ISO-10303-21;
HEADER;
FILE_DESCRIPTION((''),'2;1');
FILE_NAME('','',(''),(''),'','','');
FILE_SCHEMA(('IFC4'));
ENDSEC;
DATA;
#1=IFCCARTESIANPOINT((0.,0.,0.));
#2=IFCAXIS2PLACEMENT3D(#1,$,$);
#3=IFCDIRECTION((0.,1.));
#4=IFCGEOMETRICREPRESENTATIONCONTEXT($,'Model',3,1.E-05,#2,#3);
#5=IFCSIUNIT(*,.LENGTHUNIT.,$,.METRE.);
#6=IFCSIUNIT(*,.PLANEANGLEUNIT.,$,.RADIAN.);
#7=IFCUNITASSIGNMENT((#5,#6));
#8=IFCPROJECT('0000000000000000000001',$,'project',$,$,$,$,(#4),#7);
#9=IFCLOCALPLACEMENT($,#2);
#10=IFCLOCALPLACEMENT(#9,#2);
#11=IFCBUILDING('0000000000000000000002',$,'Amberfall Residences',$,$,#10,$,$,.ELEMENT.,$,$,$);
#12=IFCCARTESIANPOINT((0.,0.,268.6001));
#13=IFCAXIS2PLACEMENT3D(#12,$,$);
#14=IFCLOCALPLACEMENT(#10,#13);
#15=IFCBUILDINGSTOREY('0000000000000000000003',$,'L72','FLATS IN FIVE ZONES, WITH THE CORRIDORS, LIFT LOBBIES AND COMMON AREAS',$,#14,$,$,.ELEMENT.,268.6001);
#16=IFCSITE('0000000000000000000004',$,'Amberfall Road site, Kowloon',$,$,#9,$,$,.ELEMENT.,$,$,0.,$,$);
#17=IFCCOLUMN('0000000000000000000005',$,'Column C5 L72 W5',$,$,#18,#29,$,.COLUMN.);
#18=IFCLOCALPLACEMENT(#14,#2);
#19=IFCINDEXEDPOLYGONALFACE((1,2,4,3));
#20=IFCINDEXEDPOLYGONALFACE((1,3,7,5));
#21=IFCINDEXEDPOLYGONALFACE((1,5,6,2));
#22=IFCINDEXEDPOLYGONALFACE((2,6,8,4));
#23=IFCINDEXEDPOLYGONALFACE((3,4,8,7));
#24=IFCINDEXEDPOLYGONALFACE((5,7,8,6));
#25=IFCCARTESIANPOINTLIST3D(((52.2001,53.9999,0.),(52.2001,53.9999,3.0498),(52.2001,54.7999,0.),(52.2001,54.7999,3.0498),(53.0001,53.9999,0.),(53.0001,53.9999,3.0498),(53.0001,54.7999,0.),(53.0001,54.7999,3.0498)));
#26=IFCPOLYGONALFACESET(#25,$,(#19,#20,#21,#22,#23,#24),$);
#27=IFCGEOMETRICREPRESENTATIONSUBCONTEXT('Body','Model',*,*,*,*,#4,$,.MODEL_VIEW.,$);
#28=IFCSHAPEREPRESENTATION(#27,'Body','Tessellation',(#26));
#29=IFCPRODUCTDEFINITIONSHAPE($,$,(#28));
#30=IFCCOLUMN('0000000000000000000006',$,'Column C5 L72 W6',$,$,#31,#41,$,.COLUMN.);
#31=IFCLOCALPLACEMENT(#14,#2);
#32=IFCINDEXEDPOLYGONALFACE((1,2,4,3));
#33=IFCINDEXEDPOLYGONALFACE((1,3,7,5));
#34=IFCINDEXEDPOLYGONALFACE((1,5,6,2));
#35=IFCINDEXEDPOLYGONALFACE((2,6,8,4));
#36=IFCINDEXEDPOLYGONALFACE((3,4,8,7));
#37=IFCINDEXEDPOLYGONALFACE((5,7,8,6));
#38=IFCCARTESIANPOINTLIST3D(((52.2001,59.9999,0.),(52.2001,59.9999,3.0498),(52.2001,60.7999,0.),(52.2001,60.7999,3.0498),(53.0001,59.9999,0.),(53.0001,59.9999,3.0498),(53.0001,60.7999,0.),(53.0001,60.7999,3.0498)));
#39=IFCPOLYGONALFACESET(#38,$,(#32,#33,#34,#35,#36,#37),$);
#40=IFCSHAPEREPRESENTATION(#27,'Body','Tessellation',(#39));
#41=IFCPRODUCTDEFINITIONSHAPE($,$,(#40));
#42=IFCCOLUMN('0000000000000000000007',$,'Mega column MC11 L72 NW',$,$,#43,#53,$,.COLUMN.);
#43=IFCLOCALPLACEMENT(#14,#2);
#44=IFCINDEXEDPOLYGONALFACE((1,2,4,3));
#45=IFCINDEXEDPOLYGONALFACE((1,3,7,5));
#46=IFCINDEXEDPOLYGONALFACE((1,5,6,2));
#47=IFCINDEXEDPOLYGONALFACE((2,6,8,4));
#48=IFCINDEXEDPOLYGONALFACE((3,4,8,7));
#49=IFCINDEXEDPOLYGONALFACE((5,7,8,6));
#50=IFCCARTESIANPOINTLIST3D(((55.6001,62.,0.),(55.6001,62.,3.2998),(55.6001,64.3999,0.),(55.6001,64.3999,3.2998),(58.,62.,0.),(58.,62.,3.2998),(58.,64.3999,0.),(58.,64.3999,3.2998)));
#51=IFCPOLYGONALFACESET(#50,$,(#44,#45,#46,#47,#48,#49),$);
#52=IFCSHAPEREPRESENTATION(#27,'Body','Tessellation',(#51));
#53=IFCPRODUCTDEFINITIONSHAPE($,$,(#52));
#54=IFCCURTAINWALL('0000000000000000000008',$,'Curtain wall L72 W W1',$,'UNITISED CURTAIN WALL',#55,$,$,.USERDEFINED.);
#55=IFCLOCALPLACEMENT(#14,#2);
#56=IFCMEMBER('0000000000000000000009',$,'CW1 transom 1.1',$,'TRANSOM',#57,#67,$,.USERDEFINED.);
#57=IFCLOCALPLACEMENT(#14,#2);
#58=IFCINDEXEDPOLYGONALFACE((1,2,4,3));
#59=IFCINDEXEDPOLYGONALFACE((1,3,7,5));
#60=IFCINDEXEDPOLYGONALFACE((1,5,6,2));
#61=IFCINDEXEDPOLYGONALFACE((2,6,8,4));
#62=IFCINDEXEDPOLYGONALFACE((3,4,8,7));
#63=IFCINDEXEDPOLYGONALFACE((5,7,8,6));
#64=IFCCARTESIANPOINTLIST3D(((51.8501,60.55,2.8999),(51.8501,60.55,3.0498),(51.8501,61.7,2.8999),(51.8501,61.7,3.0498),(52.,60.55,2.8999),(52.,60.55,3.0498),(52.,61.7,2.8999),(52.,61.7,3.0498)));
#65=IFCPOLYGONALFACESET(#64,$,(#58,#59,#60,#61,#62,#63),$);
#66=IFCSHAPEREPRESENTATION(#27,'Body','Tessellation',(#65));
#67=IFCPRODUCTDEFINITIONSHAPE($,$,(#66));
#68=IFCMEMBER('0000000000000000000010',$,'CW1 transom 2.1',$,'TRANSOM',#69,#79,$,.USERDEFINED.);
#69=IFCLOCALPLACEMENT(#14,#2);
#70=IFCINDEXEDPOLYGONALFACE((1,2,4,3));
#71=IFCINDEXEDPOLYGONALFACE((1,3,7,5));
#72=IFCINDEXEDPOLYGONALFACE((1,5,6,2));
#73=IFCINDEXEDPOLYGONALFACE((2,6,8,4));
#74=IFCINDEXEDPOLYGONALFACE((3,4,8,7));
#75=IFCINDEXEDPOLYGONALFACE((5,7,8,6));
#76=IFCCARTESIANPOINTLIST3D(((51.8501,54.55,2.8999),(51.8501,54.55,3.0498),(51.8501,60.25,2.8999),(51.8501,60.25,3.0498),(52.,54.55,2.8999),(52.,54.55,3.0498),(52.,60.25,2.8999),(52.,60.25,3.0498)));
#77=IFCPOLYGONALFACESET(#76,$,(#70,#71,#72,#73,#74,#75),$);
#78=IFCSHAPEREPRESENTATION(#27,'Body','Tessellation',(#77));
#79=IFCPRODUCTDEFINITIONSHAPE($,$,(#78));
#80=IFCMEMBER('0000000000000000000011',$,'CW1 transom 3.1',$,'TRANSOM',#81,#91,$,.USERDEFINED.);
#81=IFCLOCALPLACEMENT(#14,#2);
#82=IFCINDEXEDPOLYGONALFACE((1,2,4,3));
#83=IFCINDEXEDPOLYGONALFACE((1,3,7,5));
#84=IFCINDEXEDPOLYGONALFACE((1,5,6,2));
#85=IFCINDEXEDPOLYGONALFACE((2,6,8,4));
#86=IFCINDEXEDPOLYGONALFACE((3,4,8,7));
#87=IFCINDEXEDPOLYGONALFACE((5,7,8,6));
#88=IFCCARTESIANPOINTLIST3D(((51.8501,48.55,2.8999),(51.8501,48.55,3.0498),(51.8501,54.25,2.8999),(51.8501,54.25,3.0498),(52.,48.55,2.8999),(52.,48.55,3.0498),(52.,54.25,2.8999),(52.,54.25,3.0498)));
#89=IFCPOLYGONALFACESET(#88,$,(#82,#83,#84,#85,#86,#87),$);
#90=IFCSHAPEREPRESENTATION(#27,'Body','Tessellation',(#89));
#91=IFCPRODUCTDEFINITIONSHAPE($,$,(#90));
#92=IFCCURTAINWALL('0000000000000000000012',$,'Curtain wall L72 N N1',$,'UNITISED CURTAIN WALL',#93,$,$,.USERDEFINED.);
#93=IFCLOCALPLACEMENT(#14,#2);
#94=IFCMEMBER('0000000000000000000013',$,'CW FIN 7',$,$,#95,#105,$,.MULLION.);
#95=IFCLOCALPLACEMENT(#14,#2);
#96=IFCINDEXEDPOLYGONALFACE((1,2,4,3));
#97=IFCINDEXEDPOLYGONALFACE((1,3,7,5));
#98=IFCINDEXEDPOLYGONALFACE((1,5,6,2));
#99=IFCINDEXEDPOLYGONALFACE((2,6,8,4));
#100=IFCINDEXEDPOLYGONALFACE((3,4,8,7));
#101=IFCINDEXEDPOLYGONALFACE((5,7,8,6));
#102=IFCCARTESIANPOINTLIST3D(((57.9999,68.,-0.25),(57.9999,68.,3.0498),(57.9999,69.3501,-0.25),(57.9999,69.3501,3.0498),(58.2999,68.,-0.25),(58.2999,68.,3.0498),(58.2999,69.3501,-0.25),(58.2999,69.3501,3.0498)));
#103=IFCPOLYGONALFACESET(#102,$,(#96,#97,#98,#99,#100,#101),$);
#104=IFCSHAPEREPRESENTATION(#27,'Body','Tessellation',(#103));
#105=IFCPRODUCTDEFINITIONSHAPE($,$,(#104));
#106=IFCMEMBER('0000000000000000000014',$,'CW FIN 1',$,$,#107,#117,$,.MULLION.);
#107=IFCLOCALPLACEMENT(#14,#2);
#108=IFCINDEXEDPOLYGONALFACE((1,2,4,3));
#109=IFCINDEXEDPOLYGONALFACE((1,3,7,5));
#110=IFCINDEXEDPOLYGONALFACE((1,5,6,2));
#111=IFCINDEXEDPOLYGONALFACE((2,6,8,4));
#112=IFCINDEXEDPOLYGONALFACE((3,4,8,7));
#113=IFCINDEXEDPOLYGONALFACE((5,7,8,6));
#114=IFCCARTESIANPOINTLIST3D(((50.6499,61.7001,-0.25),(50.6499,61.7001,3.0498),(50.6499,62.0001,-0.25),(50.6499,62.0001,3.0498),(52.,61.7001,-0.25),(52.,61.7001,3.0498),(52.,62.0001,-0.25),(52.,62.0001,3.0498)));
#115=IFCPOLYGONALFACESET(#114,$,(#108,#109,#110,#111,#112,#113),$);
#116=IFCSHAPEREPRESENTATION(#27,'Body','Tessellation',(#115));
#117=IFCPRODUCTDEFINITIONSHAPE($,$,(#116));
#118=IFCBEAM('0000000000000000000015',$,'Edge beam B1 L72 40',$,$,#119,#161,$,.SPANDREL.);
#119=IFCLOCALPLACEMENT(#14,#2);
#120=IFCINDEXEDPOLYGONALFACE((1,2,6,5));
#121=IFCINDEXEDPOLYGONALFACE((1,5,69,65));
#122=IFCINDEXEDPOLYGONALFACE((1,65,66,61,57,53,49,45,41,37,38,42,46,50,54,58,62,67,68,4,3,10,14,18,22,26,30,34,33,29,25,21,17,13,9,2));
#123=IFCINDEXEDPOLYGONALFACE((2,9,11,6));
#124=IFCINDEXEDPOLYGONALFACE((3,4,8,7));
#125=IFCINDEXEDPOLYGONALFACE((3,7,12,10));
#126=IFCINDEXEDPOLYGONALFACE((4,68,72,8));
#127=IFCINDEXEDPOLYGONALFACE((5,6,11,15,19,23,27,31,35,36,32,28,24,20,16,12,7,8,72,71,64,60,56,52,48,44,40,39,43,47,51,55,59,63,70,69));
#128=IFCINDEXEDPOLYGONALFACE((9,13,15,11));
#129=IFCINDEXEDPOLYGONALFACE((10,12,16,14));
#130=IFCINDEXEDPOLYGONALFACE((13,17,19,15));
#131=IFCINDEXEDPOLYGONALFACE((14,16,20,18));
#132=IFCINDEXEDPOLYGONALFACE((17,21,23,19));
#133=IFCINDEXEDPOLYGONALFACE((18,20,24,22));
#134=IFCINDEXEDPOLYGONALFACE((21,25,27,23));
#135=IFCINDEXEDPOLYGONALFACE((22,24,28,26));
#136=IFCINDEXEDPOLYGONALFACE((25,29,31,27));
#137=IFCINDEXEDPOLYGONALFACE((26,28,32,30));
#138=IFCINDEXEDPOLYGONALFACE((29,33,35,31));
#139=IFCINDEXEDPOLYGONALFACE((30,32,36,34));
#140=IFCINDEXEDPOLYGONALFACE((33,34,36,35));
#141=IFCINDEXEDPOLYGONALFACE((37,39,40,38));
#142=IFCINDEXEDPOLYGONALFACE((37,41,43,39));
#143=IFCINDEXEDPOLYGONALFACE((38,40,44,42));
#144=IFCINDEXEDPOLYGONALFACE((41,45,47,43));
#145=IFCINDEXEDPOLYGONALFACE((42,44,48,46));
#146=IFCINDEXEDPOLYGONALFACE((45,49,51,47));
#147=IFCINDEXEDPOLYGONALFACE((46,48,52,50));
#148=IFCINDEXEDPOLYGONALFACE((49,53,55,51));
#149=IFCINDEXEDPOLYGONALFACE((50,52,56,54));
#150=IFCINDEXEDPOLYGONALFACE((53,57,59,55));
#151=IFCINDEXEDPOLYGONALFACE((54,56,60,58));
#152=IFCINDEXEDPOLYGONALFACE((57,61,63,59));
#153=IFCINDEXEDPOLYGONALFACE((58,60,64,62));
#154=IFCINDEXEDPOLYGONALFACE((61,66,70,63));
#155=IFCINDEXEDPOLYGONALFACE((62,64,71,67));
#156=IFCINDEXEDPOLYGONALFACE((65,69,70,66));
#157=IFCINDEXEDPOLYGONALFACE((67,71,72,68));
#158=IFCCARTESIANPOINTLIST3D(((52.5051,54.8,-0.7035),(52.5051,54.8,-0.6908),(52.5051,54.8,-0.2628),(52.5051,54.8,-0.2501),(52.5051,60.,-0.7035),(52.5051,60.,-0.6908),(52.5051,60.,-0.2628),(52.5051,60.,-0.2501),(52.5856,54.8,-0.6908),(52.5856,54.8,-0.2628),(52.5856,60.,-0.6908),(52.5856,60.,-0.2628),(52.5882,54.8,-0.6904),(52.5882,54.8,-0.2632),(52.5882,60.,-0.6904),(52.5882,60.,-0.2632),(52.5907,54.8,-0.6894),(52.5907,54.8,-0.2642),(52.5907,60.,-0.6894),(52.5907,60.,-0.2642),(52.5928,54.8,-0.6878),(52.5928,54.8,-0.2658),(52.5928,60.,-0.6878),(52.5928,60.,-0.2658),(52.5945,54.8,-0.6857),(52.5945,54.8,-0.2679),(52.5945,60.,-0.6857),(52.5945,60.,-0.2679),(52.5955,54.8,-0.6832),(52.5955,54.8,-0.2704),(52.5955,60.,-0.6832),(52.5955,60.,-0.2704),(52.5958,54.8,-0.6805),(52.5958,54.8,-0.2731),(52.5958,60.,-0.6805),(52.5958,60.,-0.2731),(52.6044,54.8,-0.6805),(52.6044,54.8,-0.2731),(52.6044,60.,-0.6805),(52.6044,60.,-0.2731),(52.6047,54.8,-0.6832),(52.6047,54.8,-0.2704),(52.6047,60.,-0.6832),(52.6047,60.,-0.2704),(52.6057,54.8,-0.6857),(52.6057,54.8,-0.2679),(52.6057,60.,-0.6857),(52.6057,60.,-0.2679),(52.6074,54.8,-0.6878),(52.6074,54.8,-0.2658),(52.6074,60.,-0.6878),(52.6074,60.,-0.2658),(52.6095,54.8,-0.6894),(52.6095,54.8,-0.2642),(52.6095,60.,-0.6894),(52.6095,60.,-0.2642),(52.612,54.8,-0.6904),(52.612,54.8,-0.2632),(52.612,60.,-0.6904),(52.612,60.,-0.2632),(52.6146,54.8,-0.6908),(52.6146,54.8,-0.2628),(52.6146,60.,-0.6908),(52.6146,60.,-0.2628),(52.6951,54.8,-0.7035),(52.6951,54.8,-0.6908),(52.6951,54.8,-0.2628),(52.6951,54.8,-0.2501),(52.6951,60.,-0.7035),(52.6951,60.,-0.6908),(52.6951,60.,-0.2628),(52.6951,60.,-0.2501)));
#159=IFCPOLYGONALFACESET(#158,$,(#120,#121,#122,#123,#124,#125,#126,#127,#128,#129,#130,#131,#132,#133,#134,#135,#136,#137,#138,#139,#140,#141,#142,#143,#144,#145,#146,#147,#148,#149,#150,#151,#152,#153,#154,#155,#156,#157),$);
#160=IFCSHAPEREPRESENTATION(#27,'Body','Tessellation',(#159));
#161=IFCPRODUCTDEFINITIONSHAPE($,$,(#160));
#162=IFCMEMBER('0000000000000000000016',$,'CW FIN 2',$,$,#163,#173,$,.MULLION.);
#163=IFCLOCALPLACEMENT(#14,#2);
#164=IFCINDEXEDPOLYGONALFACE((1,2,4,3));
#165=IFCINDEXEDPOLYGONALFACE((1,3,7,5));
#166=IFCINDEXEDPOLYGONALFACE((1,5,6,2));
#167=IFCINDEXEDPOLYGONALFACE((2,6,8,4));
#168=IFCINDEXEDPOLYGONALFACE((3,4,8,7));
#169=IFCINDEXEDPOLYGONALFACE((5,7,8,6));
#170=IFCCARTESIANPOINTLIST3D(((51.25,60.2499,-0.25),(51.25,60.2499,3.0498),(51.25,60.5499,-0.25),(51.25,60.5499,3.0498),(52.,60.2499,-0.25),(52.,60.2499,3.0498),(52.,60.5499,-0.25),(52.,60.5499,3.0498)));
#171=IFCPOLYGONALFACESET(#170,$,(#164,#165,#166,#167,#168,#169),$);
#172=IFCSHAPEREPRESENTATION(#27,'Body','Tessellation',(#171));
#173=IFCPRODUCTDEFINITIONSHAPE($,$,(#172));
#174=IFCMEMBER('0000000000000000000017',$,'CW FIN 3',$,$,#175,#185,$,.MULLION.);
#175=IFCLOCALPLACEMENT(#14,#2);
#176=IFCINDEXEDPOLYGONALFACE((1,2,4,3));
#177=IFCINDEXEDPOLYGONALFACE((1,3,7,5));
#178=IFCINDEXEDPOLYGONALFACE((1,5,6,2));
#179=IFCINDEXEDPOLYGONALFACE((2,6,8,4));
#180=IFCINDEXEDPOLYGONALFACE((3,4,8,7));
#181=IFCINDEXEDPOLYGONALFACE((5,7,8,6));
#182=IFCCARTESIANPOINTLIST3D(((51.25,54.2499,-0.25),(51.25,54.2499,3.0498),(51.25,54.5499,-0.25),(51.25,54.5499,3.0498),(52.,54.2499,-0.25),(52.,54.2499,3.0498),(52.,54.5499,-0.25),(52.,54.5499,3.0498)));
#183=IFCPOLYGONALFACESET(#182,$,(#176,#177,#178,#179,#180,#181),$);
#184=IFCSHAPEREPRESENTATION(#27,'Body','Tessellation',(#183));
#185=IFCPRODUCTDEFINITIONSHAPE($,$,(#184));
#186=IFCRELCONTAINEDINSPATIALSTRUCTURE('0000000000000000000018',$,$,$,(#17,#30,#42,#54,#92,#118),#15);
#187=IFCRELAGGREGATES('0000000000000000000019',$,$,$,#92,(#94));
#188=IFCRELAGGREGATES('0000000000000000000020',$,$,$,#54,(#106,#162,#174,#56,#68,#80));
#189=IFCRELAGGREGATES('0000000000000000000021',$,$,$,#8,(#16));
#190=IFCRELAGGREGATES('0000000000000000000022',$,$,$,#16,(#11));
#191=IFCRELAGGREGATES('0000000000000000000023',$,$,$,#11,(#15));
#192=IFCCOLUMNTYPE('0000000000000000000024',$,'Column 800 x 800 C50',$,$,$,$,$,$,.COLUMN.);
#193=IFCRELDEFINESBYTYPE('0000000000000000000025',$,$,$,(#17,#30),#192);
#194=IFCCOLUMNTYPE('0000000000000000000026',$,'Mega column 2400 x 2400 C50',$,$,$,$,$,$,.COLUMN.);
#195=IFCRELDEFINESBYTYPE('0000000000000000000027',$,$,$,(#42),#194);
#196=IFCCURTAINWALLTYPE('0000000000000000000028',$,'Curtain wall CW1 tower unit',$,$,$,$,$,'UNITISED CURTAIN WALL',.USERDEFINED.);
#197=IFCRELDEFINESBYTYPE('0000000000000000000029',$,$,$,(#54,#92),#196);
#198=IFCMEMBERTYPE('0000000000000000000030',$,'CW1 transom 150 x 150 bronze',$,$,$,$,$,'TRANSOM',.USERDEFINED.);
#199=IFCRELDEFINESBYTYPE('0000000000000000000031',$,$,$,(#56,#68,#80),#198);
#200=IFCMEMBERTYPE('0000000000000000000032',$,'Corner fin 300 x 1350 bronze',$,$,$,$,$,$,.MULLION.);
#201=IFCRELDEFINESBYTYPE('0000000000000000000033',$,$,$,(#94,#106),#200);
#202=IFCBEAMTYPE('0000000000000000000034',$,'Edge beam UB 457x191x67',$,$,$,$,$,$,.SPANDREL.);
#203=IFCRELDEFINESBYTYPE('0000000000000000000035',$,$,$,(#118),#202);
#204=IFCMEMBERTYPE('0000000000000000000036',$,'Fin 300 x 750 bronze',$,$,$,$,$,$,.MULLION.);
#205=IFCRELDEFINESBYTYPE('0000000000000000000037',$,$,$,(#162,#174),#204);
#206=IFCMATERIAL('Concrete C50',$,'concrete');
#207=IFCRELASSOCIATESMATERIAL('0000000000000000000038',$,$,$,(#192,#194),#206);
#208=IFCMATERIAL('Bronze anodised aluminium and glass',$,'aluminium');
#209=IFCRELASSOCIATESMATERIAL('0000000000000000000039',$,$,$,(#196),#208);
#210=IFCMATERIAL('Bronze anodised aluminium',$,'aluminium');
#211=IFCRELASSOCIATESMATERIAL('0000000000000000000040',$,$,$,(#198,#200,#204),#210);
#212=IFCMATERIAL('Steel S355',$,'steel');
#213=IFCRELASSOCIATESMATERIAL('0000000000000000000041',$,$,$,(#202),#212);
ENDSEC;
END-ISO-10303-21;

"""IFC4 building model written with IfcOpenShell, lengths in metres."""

from ifc_helpers import new_model, si_unit, direction, frame, origin, origin_2d, place, context, subcontext, project, spatial, rectangle, i_section, extrude, material, material_profile, profile_set, type_object, element, aggregate, save


model = new_model("IFC4")

# Units and contexts
model_context = context("Model", 3, precision=1e-05, world=origin(), true_north=direction((0.0, 1.0)))
body_context = subcontext(model_context, "Body", "Model", "MODEL_VIEW")
ifc_project = project(units=[si_unit("LENGTHUNIT", "METRE"), si_unit("PLANEANGLEUNIT", "RADIAN")], contexts=[model_context])

# Site, building, storey
site_placement = place(None, origin())
site = spatial("IfcSite", under=ifc_project, at=site_placement, Name="Amberfall Road site, Kowloon", CompositionType="ELEMENT", RefElevation=0.0)
building_placement = place(site_placement, origin())
building = spatial("IfcBuilding", under=site, at=building_placement, Name="Amberfall Residences", CompositionType="ELEMENT")
storey_placement = place(building_placement, frame((0.0, 0.0, 268.6001)))
storey = spatial("IfcBuildingStorey", under=building, at=storey_placement, Name="L72", Description="FLATS IN FIVE ZONES, WITH THE CORRIDORS, LIFT LOBBIES AND COMMON AREAS", CompositionType="ELEMENT", Elevation=268.6001)

# Columns
ifc_material_1 = material(Name="Concrete C50", Category="concrete")
ifc_material_profile_1 = material_profile(ifc_material_1, rectangle(XDim=0.8, YDim=0.8, at=origin_2d()), Name="Column 800 x 800 C50")
ifc_profile_set_1 = profile_set([ifc_material_profile_1], Name="Concrete C50")
column_type_1 = type_object("IfcColumnType", Name="Column 800 x 800 C50", PredefinedType="COLUMN", material=ifc_profile_set_1)
for number, where, z_axis, x_axis, name in (
    (1, (52.6001, 54.3999, 0.0), (0.0, 0.0, 1.0), (1.0, 0.0, 0.0), "Column C5 L72 W5"),
    (2, (52.6001, 60.3999, 0.0), (0.0, 0.0, 1.0), (1.0, 0.0, 0.0), "Column C5 L72 W6"),
):
    element("IfcColumn", number, at=place(storey_placement, frame(where, z_axis=z_axis, x_axis=x_axis)), inside=storey, type_object=column_type_1, Name=name, PredefinedType="COLUMN", context=body_context, shape_type="SweptSolid", body=[
        extrude(rectangle(XDim=0.8, YDim=0.8, at=origin_2d()), origin(), (0.0, 0.0, 1.0), 3.0498),
    ])
ifc_material_profile_2 = material_profile(ifc_material_1, rectangle(XDim=2.3999, YDim=2.3999, at=origin_2d()), Name="Mega column 2400 x 2400 C50")
ifc_profile_set_2 = profile_set([ifc_material_profile_2], Name="Concrete C50")
column_type_2 = type_object("IfcColumnType", Name="Mega column 2400 x 2400 C50", PredefinedType="COLUMN", material=ifc_profile_set_2)
column_placement = place(storey_placement, frame((56.8, 63.2, 0.0), z_axis=(0.0, 0.0, 1.0), x_axis=(1.0, 0.0, 0.0)))
element("IfcColumn", 3, at=column_placement, inside=storey, type_object=column_type_2, Name="Mega column MC11 L72 NW", PredefinedType="COLUMN", context=body_context, shape_type="SweptSolid", body=[
    extrude(rectangle(XDim=2.3999, YDim=2.3999, at=origin_2d()), origin(), (0.0, 0.0, 1.0), 3.2998),
])

# Curtain wall, members
ifc_material_2 = material(Name="Bronze anodised aluminium and glass", Category="aluminium")
curtain_wall_type = type_object("IfcCurtainWallType", Name="Curtain wall CW1 tower unit", ElementType="UNITISED CURTAIN WALL", PredefinedType="USERDEFINED", material=ifc_material_2)
curtain_wall_1_placement = place(storey_placement, origin())
curtain_wall_1 = element("IfcCurtainWall", 4, at=curtain_wall_1_placement, inside=storey, type_object=curtain_wall_type, Name="Curtain wall L72 W W1", ObjectType="UNITISED CURTAIN WALL", PredefinedType="USERDEFINED")
ifc_material_3 = material(Name="Bronze anodised aluminium", Category="aluminium")
ifc_material_profile_3 = material_profile(ifc_material_3, rectangle(XDim=0.1499, YDim=0.1499, at=origin_2d()), Name="CW1 transom 150 x 150 bronze")
ifc_profile_set_3 = profile_set([ifc_material_profile_3], Name="Bronze anodised aluminium")
member_type_1 = type_object("IfcMemberType", Name="CW1 transom 150 x 150 bronze", ElementType="TRANSOM", PredefinedType="USERDEFINED", material=ifc_profile_set_3)
member_1_placement = place(storey_placement, frame((51.925, 61.7, 2.9749), z_axis=(0.0, -1.0, 0.0), x_axis=(1.0, 0.0, 0.0)))
member_1 = element("IfcMember", 5, at=member_1_placement, type_object=member_type_1, Name="CW1 transom 1.1", ObjectType="TRANSOM", PredefinedType="USERDEFINED", context=body_context, shape_type="SweptSolid", body=[
    extrude(rectangle(XDim=0.1499, YDim=0.1499, at=origin_2d()), origin(), (0.0, 0.0, 1.0), 1.1499),
])
member_2_placement = place(storey_placement, frame((51.925, 60.25, 2.9749), z_axis=(0.0, -1.0, 0.0), x_axis=(1.0, 0.0, 0.0)))
member_2 = element("IfcMember", 6, at=member_2_placement, type_object=member_type_1, Name="CW1 transom 2.1", ObjectType="TRANSOM", PredefinedType="USERDEFINED", context=body_context, shape_type="SweptSolid", body=[
    extrude(rectangle(XDim=0.1499, YDim=0.1499, at=origin_2d()), origin(), (0.0, 0.0, 1.0), 5.7),
])
member_3_placement = place(storey_placement, frame((51.925, 54.25, 2.9749), z_axis=(0.0, -1.0, 0.0), x_axis=(1.0, 0.0, 0.0)))
member_3 = element("IfcMember", 7, at=member_3_placement, type_object=member_type_1, Name="CW1 transom 3.1", ObjectType="TRANSOM", PredefinedType="USERDEFINED", context=body_context, shape_type="SweptSolid", body=[
    extrude(rectangle(XDim=0.1499, YDim=0.1499, at=origin_2d()), origin(), (0.0, 0.0, 1.0), 5.7),
])

# Curtain wall, member
curtain_wall_2_placement = place(storey_placement, origin())
curtain_wall_2 = element("IfcCurtainWall", 8, at=curtain_wall_2_placement, inside=storey, type_object=curtain_wall_type, Name="Curtain wall L72 N N1", ObjectType="UNITISED CURTAIN WALL", PredefinedType="USERDEFINED")
ifc_material_profile_4 = material_profile(ifc_material_3, rectangle(XDim=1.3501, YDim=0.3, at=origin_2d()), Name="Corner fin 300 x 1350 bronze")
ifc_profile_set_4 = profile_set([ifc_material_profile_4], Name="Bronze anodised aluminium")
member_type_2 = type_object("IfcMemberType", Name="Corner fin 300 x 1350 bronze", PredefinedType="MULLION", material=ifc_profile_set_4)
member_4_placement = place(storey_placement, frame((58.1499, 68.675, -0.25), z_axis=(0.0, 0.0, 1.0), x_axis=(0.0, -1.0, 0.0)))
member_4 = element("IfcMember", 9, at=member_4_placement, type_object=member_type_2, Name="CW FIN 7", PredefinedType="MULLION", context=body_context, shape_type="SweptSolid", body=[
    extrude(rectangle(XDim=1.3501, YDim=0.3, at=origin_2d()), origin(), (0.0, 0.0, 1.0), 3.2998),
])

# Member
member_5_placement = place(storey_placement, frame((51.325, 61.8501, -0.25), z_axis=(0.0, 0.0, 1.0), x_axis=(1.0, 0.0, 0.0)))
member_5 = element("IfcMember", 10, at=member_5_placement, type_object=member_type_2, Name="CW FIN 1", PredefinedType="MULLION", context=body_context, shape_type="SweptSolid", body=[
    extrude(rectangle(XDim=1.3501, YDim=0.3, at=origin_2d()), origin(), (0.0, 0.0, 1.0), 3.2998),
])

# Beam
ifc_material_4 = material(Name="Steel S355", Category="steel")
ifc_material_profile_5 = material_profile(ifc_material_4, i_section(OverallWidth=0.1899, OverallDepth=0.4534, WebThickness=0.0085, FlangeThickness=0.0127, FilletRadius=0.0103, at=origin_2d()), Name="UB 457x191x67")
ifc_profile_set_5 = profile_set([ifc_material_profile_5], Name="Steel S355")
beam_type_1 = type_object("IfcBeamType", Name="Edge beam UB 457x191x67", PredefinedType="SPANDREL", material=ifc_profile_set_5)
beam_1_placement = place(storey_placement, frame((52.6001, 54.8, -0.4768), z_axis=(0.0, 1.0, 0.0), x_axis=(-1.0, 0.0, 0.0)))
element("IfcBeam", 11, at=beam_1_placement, inside=storey, type_object=beam_type_1, Name="Edge beam B1 L72 40", PredefinedType="SPANDREL", context=body_context, shape_type="SweptSolid", body=[
    extrude(i_section(OverallWidth=0.1899, OverallDepth=0.4534, WebThickness=0.0085, FlangeThickness=0.0127, FilletRadius=0.0103, at=origin_2d()), origin(), (0.0, 0.0, 1.0), 5.2),
])

# Members
ifc_material_profile_6 = material_profile(ifc_material_3, rectangle(XDim=0.75, YDim=0.3, at=origin_2d()), Name="Fin 300 x 750 bronze")
ifc_profile_set_6 = profile_set([ifc_material_profile_6], Name="Bronze anodised aluminium")
member_type_3 = type_object("IfcMemberType", Name="Fin 300 x 750 bronze", PredefinedType="MULLION", material=ifc_profile_set_6)
member_6_placement = place(storey_placement, frame((51.625, 60.3999, -0.25), z_axis=(0.0, 0.0, 1.0), x_axis=(1.0, 0.0, 0.0)))
member_6 = element("IfcMember", 12, at=member_6_placement, type_object=member_type_3, Name="CW FIN 2", PredefinedType="MULLION", context=body_context, shape_type="SweptSolid", body=[
    extrude(rectangle(XDim=0.75, YDim=0.3, at=origin_2d()), origin(), (0.0, 0.0, 1.0), 3.2998),
])
member_7_placement = place(storey_placement, frame((51.625, 54.3999, -0.25), z_axis=(0.0, 0.0, 1.0), x_axis=(1.0, 0.0, 0.0)))
member_7 = element("IfcMember", 13, at=member_7_placement, type_object=member_type_3, Name="CW FIN 3", PredefinedType="MULLION", context=body_context, shape_type="SweptSolid", body=[
    extrude(rectangle(XDim=0.75, YDim=0.3, at=origin_2d()), origin(), (0.0, 0.0, 1.0), 3.2998),
])

aggregate(curtain_wall_2, [member_4])
aggregate(curtain_wall_1, [member_5, member_6, member_7, member_1, member_2, member_3])

save(model, "model.ifc")
